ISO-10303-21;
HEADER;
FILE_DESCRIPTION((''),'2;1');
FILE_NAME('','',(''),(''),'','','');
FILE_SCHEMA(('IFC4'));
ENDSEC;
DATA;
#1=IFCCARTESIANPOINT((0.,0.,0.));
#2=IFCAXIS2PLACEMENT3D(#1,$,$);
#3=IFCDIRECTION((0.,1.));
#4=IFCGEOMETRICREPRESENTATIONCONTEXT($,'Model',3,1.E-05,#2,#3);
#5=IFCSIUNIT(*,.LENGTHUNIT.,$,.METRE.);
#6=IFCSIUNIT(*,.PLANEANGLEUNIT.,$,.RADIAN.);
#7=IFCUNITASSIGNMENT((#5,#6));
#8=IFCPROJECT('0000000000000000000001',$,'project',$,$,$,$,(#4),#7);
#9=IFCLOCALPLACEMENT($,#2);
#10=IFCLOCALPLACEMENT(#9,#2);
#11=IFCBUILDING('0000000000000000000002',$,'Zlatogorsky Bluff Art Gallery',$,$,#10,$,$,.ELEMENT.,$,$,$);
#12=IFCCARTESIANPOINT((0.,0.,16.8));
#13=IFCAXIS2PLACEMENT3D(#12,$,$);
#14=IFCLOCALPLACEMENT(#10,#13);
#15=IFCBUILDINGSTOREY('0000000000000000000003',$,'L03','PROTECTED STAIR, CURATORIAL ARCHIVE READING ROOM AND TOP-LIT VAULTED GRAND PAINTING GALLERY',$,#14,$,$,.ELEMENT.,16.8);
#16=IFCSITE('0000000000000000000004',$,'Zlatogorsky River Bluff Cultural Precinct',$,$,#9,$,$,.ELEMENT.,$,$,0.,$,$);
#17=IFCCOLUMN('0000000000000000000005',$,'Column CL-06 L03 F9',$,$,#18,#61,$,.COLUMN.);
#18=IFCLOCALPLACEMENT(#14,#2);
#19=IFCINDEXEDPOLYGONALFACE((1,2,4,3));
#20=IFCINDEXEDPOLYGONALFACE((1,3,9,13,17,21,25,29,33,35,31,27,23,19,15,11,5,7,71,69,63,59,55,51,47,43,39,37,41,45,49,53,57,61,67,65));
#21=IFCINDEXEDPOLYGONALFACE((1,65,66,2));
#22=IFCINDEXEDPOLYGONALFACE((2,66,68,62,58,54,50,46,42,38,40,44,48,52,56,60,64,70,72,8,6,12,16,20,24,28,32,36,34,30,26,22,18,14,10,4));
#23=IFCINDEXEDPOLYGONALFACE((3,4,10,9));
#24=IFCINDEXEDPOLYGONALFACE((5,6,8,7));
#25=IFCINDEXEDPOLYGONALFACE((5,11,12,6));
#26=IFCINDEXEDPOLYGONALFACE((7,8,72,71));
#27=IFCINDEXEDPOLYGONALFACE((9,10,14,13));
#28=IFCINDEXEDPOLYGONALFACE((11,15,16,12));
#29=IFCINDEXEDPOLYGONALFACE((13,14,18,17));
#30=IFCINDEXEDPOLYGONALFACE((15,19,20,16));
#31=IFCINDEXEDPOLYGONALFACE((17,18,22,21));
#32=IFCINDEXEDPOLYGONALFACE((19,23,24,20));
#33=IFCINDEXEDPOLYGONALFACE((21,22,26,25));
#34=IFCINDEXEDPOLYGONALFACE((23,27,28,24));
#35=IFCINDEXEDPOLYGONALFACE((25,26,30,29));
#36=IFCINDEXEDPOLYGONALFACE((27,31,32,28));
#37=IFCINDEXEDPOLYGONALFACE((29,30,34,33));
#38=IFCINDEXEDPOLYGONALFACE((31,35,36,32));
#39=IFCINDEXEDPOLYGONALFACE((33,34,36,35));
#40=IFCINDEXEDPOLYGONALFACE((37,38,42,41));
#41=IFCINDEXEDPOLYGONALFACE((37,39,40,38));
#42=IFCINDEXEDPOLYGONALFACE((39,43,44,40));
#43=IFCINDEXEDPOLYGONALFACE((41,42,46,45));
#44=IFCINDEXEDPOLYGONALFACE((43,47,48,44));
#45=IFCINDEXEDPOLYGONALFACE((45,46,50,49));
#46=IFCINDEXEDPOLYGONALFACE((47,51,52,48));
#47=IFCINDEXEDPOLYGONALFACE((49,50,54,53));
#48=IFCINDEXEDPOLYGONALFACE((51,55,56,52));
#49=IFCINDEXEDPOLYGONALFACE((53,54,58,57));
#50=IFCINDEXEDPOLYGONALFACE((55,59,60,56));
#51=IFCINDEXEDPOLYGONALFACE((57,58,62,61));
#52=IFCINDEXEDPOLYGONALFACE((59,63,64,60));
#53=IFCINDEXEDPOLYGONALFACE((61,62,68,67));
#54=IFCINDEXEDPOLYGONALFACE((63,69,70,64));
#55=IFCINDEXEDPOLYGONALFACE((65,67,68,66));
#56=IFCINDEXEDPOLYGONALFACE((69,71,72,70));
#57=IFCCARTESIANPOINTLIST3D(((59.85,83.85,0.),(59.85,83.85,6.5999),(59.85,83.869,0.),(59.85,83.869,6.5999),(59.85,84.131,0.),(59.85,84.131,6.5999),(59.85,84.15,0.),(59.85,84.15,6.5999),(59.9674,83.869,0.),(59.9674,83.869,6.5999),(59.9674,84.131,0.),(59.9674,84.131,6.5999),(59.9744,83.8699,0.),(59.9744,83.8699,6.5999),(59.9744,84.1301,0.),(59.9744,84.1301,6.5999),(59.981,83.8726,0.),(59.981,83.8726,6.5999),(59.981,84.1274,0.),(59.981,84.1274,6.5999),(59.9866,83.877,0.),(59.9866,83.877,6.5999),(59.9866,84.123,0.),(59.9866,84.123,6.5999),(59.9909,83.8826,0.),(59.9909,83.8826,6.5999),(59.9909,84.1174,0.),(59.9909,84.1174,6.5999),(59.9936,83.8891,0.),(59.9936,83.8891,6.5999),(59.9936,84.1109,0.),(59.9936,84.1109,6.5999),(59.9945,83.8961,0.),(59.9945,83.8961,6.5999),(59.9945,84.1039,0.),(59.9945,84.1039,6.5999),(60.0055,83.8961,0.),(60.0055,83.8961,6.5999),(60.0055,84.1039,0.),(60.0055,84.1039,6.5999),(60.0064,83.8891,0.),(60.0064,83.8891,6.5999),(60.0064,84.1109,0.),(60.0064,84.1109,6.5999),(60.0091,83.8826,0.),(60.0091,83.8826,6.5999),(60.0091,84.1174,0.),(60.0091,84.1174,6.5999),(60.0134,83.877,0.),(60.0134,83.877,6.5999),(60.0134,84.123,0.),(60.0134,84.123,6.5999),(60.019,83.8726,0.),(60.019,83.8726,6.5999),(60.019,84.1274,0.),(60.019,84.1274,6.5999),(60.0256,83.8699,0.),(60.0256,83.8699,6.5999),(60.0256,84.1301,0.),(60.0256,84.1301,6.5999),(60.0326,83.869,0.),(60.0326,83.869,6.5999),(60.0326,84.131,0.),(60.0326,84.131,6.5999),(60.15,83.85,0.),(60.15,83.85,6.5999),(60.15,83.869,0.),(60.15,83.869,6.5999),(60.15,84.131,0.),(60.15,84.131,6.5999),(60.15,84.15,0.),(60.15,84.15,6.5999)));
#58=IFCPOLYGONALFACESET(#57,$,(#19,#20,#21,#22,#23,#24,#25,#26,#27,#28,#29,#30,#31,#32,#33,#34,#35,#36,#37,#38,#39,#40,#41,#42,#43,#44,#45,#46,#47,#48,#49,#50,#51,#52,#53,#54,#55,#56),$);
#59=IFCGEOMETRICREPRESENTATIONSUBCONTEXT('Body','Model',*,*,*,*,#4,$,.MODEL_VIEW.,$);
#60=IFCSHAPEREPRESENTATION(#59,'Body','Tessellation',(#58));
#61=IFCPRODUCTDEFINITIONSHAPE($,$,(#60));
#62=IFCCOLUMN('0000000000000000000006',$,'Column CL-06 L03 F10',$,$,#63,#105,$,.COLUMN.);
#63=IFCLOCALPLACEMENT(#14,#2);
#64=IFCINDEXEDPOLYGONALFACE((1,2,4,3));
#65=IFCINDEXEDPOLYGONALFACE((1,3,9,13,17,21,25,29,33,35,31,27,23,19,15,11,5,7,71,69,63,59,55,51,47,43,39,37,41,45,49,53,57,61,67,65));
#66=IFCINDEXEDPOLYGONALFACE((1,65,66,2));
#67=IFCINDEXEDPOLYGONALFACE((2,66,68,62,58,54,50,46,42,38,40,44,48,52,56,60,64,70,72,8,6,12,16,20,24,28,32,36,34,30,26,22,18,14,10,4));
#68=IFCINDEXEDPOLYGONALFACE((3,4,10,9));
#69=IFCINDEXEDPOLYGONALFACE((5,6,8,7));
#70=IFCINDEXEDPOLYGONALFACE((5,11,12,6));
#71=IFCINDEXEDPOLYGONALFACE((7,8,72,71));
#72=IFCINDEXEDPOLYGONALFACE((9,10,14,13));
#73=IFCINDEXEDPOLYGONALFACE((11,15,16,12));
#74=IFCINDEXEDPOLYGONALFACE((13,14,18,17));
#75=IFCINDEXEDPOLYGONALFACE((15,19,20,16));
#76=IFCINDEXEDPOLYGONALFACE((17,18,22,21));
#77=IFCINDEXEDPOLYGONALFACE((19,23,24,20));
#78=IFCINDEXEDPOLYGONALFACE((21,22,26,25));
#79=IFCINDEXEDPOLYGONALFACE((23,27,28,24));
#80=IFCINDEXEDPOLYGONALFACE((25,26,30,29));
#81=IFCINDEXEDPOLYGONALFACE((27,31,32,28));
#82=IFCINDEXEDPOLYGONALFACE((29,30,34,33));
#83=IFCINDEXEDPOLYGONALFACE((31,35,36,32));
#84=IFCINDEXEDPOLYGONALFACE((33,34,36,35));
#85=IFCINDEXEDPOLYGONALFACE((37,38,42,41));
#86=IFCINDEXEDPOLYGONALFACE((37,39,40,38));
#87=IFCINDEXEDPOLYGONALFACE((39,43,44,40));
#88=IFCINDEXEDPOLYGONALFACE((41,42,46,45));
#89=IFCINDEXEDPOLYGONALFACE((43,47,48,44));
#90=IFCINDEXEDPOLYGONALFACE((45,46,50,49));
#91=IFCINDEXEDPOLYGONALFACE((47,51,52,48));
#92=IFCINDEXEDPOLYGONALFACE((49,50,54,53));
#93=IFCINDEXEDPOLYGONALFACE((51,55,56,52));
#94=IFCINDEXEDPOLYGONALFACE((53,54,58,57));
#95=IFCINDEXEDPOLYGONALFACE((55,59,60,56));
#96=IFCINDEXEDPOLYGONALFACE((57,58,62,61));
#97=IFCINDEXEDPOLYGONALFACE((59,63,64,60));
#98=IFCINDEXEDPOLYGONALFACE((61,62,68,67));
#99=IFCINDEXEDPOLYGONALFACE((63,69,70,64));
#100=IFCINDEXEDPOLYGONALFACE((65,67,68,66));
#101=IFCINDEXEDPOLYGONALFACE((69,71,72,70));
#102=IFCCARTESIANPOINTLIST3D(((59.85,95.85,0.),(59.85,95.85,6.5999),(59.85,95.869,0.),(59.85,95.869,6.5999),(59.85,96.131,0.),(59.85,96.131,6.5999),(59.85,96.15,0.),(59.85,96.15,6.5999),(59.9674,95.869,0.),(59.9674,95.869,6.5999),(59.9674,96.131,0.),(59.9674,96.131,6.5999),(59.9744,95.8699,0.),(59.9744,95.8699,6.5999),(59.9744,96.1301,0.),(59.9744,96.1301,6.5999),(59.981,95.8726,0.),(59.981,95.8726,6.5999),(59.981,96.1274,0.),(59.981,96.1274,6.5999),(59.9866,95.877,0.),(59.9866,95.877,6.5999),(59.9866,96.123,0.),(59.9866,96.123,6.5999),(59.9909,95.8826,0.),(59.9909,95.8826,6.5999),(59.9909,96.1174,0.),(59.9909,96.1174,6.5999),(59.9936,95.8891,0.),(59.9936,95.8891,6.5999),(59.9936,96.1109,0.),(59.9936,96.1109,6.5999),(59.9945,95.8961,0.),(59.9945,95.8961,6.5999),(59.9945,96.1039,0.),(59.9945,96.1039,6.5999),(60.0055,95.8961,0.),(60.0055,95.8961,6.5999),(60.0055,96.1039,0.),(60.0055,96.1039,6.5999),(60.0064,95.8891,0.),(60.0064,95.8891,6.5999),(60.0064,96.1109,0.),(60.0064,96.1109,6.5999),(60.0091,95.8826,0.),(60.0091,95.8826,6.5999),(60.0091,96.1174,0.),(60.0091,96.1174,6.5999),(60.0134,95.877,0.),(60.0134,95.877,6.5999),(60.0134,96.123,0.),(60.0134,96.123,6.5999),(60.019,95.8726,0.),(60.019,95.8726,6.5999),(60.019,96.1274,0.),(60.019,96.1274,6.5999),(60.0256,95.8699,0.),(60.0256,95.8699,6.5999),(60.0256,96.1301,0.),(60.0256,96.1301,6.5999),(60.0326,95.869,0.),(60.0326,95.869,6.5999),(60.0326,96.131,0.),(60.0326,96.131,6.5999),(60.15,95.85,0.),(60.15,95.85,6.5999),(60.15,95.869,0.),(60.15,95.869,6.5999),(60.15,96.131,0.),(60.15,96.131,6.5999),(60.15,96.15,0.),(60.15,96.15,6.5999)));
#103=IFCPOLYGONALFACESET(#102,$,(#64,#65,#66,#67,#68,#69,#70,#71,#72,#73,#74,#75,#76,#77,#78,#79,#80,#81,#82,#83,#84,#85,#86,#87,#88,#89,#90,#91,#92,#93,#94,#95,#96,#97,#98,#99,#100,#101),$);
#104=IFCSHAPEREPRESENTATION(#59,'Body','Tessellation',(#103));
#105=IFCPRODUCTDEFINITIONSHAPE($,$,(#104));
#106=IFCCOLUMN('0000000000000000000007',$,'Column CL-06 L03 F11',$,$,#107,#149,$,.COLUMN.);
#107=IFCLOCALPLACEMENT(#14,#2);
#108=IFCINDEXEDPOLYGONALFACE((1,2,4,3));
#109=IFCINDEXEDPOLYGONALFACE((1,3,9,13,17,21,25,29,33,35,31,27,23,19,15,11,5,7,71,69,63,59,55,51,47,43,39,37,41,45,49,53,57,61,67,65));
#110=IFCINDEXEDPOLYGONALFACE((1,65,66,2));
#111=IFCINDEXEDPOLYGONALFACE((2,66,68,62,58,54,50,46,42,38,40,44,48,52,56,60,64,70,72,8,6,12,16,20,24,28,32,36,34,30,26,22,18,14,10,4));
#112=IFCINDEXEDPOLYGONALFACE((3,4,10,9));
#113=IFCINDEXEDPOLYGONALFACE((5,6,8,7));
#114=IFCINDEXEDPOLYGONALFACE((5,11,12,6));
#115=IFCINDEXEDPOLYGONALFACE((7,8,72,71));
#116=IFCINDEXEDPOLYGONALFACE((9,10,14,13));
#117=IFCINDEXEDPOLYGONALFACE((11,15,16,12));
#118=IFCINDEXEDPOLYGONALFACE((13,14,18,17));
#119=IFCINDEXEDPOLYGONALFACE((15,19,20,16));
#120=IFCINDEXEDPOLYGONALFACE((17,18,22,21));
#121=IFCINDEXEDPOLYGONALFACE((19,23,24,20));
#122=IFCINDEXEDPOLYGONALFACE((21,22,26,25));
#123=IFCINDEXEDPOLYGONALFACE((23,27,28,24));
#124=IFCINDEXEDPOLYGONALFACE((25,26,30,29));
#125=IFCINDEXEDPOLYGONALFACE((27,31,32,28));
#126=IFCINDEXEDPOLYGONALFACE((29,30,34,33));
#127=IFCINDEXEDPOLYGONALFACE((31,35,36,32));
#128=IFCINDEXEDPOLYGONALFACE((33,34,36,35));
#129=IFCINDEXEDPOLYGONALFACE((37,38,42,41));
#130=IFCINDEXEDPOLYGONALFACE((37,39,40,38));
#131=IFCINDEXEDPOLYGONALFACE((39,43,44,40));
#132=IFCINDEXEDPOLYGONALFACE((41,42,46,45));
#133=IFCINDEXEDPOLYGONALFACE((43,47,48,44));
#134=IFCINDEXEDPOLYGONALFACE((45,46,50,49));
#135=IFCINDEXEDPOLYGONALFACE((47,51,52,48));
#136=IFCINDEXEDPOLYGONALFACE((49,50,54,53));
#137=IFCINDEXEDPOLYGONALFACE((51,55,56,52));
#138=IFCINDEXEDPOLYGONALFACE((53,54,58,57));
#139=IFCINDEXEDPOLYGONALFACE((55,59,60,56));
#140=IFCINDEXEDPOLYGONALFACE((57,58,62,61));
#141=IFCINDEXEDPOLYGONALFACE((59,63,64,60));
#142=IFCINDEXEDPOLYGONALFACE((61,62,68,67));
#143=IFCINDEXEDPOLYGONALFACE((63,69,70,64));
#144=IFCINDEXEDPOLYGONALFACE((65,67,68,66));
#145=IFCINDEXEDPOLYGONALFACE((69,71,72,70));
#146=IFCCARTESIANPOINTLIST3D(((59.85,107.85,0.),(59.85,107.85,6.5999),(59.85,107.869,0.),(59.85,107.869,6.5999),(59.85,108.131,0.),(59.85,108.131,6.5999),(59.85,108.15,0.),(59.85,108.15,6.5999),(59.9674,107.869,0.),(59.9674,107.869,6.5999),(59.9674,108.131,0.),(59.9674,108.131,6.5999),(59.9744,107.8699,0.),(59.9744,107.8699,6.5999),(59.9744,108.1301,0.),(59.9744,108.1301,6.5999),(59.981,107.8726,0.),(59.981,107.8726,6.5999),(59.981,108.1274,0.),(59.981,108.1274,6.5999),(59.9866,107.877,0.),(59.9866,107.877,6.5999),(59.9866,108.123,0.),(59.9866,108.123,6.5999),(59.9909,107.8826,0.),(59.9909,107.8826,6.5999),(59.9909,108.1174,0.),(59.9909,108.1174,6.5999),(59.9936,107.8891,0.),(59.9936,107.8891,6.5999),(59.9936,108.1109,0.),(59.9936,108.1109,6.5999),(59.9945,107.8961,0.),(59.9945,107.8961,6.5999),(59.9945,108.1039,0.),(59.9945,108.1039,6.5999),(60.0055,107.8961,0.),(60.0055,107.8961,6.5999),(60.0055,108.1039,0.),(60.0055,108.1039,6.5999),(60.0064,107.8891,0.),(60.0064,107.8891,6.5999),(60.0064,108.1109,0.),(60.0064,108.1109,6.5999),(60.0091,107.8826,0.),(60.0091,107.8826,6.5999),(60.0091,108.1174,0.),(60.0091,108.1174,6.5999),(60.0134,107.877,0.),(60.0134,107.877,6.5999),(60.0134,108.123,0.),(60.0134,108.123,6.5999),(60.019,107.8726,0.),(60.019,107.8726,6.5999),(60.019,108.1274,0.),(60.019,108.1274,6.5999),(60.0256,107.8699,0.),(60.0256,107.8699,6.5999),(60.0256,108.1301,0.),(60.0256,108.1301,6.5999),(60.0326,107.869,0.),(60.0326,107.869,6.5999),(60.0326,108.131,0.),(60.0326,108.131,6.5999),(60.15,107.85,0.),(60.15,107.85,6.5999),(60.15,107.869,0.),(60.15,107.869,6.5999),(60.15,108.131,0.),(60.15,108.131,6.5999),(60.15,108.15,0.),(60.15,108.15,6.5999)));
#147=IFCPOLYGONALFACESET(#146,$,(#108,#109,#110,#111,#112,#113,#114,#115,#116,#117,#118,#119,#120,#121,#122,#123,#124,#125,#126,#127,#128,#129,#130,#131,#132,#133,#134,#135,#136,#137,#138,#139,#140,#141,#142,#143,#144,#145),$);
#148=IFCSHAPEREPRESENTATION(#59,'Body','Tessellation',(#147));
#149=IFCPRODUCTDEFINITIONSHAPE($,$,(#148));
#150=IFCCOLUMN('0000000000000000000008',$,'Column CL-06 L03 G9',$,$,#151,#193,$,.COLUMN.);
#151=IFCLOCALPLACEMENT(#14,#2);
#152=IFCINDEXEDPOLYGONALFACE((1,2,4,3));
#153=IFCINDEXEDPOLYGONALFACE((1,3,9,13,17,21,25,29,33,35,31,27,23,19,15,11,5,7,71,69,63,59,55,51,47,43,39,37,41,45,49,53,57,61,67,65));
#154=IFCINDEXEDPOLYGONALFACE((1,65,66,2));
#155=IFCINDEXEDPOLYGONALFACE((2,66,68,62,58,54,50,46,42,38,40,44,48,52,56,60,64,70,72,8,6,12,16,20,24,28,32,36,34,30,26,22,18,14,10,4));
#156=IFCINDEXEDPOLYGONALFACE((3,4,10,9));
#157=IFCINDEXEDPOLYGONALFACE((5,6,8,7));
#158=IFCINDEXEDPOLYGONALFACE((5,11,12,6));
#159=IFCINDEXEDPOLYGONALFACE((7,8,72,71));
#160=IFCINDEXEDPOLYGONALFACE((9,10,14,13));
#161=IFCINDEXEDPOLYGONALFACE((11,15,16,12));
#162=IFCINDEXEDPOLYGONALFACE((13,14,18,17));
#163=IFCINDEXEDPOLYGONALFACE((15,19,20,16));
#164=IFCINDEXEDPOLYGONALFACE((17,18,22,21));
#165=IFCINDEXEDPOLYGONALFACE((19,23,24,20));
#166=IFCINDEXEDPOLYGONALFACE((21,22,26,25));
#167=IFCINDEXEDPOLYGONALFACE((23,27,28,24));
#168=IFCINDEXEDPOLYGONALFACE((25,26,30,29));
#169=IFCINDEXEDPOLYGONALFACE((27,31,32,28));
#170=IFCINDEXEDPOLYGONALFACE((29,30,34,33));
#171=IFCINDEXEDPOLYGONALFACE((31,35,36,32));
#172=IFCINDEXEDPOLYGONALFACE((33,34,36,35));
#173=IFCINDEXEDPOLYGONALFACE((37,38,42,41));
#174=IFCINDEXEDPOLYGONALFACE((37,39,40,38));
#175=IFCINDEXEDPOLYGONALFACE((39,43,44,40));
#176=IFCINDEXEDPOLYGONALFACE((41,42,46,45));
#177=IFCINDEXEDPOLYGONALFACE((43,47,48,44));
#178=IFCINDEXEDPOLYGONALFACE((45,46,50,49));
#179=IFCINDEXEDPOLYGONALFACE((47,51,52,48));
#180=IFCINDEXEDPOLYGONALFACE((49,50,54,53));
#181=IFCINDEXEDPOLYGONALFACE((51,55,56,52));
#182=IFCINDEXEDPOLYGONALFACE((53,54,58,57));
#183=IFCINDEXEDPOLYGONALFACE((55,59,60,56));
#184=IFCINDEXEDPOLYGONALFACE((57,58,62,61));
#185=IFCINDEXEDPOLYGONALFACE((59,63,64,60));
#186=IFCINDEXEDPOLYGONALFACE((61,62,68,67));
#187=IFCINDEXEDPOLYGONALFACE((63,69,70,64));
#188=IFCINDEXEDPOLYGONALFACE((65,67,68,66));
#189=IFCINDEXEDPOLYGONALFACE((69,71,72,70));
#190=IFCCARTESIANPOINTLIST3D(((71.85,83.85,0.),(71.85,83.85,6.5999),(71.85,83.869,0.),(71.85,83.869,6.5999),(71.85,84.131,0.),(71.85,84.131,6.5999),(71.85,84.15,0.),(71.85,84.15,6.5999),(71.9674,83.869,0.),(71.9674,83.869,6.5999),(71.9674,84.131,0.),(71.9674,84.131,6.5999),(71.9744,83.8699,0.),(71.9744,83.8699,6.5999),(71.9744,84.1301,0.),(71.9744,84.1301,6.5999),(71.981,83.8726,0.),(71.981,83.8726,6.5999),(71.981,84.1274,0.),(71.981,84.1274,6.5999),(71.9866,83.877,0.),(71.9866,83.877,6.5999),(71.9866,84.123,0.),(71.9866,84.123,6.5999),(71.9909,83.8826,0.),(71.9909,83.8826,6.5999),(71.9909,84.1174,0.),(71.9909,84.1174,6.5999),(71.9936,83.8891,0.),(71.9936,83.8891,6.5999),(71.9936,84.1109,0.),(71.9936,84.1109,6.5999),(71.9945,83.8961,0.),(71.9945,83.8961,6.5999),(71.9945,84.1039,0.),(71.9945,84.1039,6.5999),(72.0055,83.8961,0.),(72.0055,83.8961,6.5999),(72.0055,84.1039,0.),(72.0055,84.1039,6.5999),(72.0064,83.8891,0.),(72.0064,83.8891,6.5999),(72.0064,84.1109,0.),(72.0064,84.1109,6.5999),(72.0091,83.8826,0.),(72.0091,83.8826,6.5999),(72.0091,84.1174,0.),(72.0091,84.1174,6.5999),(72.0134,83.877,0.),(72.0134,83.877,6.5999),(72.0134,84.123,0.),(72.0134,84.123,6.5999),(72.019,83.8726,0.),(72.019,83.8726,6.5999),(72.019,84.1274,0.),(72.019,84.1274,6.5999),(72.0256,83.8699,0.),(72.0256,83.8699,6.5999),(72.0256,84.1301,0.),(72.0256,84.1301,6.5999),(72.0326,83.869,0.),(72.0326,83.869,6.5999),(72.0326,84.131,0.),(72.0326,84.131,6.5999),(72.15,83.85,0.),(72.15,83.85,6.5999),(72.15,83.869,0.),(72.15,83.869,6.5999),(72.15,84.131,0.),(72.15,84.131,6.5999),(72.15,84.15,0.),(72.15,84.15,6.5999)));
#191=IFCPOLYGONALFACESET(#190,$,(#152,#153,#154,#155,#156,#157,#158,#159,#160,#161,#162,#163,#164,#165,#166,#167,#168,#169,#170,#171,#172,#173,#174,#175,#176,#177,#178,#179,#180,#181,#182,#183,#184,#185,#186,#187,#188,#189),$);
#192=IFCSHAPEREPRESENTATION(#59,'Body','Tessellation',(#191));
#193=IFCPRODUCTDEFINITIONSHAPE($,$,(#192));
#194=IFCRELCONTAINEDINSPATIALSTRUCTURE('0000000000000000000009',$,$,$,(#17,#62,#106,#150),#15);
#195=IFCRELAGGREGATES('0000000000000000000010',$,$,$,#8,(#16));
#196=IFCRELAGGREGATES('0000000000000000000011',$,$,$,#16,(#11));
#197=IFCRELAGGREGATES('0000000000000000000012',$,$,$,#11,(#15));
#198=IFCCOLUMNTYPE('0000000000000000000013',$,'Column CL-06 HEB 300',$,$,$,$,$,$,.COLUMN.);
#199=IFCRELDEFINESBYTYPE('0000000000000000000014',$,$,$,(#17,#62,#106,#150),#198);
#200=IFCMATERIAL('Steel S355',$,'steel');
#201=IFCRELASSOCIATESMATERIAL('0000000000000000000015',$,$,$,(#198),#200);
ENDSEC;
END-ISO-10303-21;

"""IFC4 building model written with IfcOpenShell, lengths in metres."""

from ifc_helpers import new_model, si_unit, direction, frame, origin, origin_2d, place, context, subcontext, project, spatial, i_section, extrude, material, material_profile, profile_set, type_object, element, save


model = new_model("IFC4")

# Units and contexts
model_context = context("Model", 3, precision=1e-05, world=origin(), true_north=direction((0.0, 1.0)))
body_context = subcontext(model_context, "Body", "Model", "MODEL_VIEW")
ifc_project = project(units=[si_unit("LENGTHUNIT", "METRE"), si_unit("PLANEANGLEUNIT", "RADIAN")], contexts=[model_context])

# Site, building, storey
site_placement = place(None, origin())
site = spatial("IfcSite", under=ifc_project, at=site_placement, Name="Zlatogorsky River Bluff Cultural Precinct", CompositionType="ELEMENT", RefElevation=0.0)
building_placement = place(site_placement, origin())
building = spatial("IfcBuilding", under=site, at=building_placement, Name="Zlatogorsky Bluff Art Gallery", CompositionType="ELEMENT")
storey_placement = place(building_placement, frame((0.0, 0.0, 16.8)))
storey = spatial("IfcBuildingStorey", under=building, at=storey_placement, Name="L03", Description="PROTECTED STAIR, CURATORIAL ARCHIVE READING ROOM AND TOP-LIT VAULTED GRAND PAINTING GALLERY", CompositionType="ELEMENT", Elevation=16.8)

# Columns
ifc_material_1 = material(Name="Steel S355", Category="steel")
ifc_material_profile_1 = material_profile(ifc_material_1, i_section(OverallWidth=0.3, OverallDepth=0.3, WebThickness=0.011, FlangeThickness=0.019, FilletRadius=0.0271, at=origin_2d()), Name="HEB 300")
ifc_profile_set_1 = profile_set([ifc_material_profile_1], Name="Steel S355")
column_type = type_object("IfcColumnType", Name="Column CL-06 HEB 300", PredefinedType="COLUMN", material=ifc_profile_set_1)
for number, where, z_axis, x_axis, name in (
    (1, (60.0, 84.0, 0.0), (0.0, 0.0, 1.0), (1.0, 0.0, 0.0), "Column CL-06 L03 F9"),
    (2, (60.0, 96.0, 0.0), (0.0, 0.0, 1.0), (1.0, 0.0, 0.0), "Column CL-06 L03 F10"),
    (3, (60.0, 108.0, 0.0), (0.0, 0.0, 1.0), (1.0, 0.0, 0.0), "Column CL-06 L03 F11"),
    (4, (72.0, 84.0, 0.0), (0.0, 0.0, 1.0), (1.0, 0.0, 0.0), "Column CL-06 L03 G9"),
):
    element("IfcColumn", number, at=place(storey_placement, frame(where, z_axis=z_axis, x_axis=x_axis)), inside=storey, type_object=column_type, Name=name, PredefinedType="COLUMN", context=body_context, shape_type="SweptSolid", body=[
        extrude(i_section(OverallWidth=0.3, OverallDepth=0.3, WebThickness=0.011, FlangeThickness=0.019, FilletRadius=0.0271, at=origin_2d()), origin(), (0.0, 0.0, 1.0), 6.5999),
    ])

save(model, "model.ifc")
